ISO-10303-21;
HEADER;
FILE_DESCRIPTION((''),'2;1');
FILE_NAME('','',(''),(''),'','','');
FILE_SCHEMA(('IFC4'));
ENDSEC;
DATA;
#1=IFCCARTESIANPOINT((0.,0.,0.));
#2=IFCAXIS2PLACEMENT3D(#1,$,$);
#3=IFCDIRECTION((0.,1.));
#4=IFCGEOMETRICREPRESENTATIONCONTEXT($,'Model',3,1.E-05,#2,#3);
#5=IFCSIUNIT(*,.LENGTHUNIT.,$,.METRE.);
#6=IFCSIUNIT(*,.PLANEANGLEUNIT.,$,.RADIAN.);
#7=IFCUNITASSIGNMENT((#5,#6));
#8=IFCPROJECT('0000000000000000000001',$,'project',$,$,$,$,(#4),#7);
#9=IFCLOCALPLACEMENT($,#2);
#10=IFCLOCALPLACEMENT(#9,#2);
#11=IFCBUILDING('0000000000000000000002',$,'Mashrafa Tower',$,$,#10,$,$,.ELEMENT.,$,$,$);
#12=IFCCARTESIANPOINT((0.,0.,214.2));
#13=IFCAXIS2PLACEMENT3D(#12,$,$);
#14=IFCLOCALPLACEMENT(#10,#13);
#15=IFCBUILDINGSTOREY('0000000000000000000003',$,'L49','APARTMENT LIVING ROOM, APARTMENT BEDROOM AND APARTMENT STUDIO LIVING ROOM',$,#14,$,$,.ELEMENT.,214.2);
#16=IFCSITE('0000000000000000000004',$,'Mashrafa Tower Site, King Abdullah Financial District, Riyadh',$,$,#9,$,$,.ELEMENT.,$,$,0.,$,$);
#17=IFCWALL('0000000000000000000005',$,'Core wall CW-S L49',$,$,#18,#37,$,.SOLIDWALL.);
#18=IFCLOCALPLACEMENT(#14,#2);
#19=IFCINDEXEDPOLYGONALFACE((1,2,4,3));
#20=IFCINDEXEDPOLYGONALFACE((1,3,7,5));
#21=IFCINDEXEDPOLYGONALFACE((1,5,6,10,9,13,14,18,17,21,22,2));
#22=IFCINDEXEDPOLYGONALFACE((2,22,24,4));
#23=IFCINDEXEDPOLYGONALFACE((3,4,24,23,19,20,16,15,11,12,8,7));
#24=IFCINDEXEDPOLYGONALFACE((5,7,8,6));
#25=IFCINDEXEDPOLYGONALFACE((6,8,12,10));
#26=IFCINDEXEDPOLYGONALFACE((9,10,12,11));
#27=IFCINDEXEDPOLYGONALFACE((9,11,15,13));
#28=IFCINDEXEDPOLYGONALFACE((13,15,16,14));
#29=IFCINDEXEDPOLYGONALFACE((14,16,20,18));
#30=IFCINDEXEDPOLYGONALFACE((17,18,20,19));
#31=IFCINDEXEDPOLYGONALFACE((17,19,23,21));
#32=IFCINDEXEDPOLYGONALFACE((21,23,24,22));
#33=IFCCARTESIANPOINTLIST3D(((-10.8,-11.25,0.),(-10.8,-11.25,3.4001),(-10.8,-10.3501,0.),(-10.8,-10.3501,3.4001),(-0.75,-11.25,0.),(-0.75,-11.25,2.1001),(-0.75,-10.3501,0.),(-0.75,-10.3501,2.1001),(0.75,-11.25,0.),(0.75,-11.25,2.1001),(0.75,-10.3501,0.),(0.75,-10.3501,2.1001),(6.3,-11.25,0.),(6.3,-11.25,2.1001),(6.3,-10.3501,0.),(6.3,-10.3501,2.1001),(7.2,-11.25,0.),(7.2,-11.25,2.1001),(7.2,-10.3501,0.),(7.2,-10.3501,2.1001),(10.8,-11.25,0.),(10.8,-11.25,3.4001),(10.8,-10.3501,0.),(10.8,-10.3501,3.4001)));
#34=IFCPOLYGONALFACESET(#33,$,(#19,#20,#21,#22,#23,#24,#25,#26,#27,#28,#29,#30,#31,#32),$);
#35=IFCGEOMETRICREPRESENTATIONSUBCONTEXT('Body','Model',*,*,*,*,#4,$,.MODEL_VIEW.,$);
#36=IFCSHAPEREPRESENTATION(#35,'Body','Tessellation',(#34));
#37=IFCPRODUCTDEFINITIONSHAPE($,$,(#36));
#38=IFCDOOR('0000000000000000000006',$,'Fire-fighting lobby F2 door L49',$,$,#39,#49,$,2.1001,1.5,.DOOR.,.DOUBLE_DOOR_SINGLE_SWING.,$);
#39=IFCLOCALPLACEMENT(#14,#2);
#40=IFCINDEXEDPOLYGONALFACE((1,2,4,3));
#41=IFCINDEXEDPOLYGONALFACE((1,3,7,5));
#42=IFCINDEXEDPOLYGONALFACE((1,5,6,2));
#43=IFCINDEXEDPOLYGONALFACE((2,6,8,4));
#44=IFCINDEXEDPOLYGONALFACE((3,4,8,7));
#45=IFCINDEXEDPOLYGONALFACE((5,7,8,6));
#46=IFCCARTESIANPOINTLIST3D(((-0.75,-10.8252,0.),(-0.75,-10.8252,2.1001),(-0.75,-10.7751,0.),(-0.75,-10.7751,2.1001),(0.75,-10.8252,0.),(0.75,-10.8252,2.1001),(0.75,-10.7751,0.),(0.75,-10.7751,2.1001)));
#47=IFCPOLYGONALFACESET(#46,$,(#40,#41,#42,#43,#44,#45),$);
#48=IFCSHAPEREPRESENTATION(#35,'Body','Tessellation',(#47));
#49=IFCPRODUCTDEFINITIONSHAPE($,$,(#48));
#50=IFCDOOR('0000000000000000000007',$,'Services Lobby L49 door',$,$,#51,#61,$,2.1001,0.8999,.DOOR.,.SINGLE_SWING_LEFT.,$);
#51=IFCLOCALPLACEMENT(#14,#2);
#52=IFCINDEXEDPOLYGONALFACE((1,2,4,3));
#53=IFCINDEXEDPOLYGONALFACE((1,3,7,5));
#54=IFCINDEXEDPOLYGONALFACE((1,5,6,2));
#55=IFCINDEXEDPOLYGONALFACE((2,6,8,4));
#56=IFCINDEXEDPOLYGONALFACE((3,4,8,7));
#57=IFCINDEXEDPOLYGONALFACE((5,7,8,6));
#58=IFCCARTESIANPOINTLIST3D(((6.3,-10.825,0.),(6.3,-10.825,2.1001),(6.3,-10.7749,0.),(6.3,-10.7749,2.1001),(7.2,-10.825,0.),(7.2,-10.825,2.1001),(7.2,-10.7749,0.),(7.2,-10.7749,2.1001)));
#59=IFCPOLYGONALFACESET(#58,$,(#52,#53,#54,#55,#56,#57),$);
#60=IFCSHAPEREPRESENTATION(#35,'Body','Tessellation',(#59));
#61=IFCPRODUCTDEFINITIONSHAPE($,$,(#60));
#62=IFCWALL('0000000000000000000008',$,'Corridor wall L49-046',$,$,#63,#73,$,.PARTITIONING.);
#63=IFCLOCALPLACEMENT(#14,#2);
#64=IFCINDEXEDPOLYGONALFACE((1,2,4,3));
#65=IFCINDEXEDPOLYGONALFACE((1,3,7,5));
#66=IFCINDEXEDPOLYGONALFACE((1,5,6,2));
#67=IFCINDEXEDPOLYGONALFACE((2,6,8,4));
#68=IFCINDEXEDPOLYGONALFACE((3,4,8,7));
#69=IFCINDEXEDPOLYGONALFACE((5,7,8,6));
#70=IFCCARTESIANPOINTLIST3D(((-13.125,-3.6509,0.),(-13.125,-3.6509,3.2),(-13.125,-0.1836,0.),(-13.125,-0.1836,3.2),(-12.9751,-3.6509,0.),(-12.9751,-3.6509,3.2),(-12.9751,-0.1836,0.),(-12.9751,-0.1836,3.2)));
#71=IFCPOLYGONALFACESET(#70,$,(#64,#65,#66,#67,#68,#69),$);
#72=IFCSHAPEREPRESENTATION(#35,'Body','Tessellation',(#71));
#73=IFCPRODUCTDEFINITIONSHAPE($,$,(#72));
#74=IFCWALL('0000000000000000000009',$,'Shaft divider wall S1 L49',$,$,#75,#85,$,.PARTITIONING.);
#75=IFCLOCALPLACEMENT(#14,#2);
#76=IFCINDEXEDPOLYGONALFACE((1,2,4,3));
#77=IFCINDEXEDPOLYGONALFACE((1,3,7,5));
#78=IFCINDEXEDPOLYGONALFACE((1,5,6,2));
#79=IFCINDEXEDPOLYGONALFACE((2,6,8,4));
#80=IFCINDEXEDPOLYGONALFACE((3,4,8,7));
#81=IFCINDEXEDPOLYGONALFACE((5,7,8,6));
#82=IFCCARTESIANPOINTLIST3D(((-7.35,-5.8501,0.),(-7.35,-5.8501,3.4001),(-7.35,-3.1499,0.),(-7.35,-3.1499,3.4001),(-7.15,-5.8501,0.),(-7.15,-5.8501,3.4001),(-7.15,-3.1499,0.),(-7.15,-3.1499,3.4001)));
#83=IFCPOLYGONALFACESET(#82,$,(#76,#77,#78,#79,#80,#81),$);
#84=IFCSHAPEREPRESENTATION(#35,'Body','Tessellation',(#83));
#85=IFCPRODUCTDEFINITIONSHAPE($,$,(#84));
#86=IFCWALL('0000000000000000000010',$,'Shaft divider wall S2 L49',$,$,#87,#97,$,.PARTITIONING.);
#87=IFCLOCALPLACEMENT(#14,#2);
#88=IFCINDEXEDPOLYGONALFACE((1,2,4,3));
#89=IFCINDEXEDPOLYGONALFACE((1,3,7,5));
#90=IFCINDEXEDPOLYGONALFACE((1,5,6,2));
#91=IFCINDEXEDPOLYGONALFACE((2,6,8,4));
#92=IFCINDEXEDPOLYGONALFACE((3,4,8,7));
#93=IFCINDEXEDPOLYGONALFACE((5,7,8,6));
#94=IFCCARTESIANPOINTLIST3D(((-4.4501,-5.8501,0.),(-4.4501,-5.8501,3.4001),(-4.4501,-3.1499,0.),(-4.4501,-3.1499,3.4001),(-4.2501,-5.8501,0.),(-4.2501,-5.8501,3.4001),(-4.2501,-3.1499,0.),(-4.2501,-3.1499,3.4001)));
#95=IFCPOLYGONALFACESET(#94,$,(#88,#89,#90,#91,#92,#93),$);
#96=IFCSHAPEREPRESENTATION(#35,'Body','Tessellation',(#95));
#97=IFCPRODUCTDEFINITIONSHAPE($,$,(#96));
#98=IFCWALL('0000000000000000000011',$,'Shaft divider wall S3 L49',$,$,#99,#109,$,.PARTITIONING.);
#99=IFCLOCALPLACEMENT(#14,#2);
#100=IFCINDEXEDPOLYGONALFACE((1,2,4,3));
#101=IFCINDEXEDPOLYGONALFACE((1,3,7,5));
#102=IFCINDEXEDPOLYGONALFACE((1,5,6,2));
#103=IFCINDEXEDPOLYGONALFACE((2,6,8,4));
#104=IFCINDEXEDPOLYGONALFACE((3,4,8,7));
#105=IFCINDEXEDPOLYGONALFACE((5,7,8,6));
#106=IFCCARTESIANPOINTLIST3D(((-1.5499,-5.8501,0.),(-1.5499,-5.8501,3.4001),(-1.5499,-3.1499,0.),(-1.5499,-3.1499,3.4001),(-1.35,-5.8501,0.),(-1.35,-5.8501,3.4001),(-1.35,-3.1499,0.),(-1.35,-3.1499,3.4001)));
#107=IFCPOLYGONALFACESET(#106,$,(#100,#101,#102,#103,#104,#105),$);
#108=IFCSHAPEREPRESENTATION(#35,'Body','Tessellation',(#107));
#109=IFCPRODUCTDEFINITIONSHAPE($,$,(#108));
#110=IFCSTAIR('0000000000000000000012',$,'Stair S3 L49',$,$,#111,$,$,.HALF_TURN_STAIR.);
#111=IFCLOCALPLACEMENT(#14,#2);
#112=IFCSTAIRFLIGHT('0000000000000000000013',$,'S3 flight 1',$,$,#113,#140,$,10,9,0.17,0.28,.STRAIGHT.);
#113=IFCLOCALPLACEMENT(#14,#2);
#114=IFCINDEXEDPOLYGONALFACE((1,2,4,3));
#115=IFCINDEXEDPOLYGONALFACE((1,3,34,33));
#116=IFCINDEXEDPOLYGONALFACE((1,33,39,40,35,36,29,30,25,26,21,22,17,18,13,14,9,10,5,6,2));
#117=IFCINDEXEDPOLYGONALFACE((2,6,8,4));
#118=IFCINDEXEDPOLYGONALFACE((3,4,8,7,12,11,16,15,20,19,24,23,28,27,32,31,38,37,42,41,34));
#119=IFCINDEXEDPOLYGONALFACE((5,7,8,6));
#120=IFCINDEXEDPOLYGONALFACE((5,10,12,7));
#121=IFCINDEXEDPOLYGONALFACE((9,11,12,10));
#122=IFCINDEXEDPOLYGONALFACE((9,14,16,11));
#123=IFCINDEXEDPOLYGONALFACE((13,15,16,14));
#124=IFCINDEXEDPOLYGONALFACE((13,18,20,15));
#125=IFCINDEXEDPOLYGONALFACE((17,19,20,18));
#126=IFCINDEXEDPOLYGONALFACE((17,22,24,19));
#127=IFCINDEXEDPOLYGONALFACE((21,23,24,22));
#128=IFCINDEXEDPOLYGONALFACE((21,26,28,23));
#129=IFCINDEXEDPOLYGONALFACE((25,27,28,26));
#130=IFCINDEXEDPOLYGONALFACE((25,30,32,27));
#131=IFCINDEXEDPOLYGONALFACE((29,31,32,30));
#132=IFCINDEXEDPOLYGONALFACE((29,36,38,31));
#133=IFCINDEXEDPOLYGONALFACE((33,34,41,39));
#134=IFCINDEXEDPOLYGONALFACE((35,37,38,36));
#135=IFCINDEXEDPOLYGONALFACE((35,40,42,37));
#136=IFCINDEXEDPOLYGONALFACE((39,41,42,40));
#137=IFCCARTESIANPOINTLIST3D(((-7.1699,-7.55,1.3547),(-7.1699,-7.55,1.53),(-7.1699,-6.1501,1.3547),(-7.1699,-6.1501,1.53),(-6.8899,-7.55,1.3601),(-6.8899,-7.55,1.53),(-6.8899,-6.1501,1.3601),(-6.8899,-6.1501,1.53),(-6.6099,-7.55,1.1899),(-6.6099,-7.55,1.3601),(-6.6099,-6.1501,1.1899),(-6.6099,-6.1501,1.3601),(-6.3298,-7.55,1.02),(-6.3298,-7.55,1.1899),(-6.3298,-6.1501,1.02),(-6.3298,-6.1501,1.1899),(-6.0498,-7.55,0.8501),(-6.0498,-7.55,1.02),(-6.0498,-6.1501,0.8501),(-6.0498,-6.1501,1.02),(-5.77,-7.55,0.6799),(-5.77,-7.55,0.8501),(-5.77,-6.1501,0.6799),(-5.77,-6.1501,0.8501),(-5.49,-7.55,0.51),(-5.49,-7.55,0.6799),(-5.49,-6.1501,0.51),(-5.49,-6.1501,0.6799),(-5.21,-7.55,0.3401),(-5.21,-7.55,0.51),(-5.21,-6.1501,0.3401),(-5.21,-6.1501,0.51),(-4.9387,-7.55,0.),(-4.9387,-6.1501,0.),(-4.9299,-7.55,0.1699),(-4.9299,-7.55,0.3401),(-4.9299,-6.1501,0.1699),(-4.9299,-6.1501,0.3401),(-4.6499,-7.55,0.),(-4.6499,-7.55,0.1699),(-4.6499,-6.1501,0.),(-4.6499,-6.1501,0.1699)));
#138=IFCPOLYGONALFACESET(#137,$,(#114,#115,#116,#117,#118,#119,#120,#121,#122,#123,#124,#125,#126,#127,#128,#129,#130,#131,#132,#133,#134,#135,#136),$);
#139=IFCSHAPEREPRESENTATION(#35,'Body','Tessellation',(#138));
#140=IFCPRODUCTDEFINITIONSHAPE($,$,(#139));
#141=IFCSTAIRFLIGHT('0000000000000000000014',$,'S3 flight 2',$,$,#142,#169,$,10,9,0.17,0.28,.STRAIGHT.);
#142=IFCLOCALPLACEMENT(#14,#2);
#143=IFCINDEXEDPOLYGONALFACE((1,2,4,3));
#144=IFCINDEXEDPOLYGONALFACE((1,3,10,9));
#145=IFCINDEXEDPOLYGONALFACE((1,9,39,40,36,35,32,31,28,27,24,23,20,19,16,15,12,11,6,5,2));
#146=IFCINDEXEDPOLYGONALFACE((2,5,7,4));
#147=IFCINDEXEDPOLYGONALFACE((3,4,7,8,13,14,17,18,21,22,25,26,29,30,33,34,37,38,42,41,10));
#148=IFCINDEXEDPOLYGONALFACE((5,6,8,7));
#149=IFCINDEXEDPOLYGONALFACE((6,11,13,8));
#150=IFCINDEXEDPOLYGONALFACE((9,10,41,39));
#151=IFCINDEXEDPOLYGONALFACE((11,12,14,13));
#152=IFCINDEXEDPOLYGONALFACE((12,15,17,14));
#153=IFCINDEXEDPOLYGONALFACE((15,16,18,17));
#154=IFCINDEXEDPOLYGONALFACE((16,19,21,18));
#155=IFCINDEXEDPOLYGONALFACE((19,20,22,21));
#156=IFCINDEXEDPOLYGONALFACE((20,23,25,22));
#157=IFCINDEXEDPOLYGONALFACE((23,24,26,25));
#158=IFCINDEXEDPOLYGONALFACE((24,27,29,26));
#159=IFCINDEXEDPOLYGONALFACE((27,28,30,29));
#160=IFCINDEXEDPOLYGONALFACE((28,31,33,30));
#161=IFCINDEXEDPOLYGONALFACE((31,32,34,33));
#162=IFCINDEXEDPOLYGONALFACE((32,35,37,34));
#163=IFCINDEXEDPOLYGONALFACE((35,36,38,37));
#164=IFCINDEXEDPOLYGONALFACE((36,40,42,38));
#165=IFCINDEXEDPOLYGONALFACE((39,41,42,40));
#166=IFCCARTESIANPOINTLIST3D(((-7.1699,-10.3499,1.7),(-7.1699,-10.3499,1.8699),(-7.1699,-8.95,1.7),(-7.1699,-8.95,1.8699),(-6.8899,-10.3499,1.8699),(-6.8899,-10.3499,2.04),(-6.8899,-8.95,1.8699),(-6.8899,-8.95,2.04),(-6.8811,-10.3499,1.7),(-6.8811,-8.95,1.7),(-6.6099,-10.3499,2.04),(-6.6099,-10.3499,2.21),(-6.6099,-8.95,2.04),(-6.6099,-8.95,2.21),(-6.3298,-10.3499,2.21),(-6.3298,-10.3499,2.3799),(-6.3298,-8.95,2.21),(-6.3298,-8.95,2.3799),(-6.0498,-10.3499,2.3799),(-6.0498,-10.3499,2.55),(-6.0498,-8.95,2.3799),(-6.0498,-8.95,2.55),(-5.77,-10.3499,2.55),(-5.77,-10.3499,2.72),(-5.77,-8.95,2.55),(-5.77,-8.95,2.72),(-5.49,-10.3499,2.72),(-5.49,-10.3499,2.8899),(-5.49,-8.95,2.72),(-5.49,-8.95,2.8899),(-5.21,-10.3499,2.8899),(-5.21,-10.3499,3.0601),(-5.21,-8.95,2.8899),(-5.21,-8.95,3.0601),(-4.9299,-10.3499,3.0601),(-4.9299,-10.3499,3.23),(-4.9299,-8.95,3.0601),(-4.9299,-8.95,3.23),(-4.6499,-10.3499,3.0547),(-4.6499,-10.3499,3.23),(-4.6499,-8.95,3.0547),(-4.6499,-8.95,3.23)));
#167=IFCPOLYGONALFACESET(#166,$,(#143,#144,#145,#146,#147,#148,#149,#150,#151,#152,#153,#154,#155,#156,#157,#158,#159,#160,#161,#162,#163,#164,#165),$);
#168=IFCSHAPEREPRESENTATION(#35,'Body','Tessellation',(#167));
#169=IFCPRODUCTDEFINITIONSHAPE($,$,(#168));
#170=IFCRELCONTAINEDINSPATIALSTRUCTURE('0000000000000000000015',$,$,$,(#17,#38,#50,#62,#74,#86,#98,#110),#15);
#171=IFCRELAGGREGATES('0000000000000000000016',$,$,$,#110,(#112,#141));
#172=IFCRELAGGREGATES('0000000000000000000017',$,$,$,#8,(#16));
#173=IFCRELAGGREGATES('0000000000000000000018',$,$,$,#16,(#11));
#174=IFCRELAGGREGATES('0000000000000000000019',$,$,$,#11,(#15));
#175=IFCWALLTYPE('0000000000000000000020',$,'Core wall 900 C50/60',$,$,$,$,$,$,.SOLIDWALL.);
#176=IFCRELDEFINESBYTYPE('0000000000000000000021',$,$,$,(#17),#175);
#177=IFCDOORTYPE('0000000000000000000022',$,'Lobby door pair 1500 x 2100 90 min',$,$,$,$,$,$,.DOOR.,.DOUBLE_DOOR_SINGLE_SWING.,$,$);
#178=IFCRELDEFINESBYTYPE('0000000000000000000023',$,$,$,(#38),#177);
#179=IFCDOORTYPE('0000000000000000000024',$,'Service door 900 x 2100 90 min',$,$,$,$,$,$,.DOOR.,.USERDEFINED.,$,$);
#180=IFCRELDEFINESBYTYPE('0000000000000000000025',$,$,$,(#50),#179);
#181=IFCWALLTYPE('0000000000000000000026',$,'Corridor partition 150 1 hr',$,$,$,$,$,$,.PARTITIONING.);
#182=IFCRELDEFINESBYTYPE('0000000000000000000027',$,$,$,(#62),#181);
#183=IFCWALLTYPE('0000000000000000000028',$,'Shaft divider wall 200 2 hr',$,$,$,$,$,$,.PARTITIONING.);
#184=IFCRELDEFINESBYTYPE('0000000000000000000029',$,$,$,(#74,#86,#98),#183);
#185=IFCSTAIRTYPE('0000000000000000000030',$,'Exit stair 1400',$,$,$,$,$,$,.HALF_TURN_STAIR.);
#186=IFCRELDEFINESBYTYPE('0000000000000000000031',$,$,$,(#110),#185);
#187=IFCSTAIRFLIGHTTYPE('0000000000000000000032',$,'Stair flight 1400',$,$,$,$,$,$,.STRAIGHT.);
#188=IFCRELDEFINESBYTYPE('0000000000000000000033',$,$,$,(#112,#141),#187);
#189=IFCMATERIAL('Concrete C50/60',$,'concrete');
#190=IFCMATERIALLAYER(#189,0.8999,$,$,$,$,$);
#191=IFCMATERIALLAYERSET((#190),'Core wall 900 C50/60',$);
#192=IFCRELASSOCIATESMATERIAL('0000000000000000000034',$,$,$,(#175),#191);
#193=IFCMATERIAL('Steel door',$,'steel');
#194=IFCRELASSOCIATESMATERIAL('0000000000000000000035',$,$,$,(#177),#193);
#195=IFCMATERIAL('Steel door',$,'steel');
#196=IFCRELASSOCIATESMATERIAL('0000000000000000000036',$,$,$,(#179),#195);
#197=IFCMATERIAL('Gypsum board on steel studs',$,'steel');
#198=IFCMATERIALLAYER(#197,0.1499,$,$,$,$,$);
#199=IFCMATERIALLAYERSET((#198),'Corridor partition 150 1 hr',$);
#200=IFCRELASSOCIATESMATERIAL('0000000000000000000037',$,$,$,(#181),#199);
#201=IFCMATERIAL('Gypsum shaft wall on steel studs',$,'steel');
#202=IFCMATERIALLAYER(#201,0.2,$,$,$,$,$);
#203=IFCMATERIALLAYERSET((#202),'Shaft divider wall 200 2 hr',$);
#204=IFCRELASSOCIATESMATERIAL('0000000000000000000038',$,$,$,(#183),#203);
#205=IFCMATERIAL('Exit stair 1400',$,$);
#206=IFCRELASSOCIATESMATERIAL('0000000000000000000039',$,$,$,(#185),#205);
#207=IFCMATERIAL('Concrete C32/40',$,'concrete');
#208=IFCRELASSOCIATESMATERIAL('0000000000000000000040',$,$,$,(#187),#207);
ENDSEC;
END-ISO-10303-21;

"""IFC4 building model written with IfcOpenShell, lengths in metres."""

from ifc_helpers import new_model, si_unit, direction, frame, frame_2d, origin, place, context, subcontext, project, spatial, polyline, rectangle, outline, extrude, material, layer, layer_set, type_object, element, fill, aggregate, save


model = new_model("IFC4")

# Units and contexts
model_context = context("Model", 3, precision=1e-05, world=origin(), true_north=direction((0.0, 1.0)))
body_context = subcontext(model_context, "Body", "Model", "MODEL_VIEW")
ifc_project = project(units=[si_unit("LENGTHUNIT", "METRE"), si_unit("PLANEANGLEUNIT", "RADIAN")], contexts=[model_context])

# Site, building, storey
site_placement = place(None, origin())
site = spatial("IfcSite", under=ifc_project, at=site_placement, Name="Mashrafa Tower Site, King Abdullah Financial District, Riyadh", CompositionType="ELEMENT", RefElevation=0.0)
building_placement = place(site_placement, origin())
building = spatial("IfcBuilding", under=site, at=building_placement, Name="Mashrafa Tower", CompositionType="ELEMENT")
storey_placement = place(building_placement, frame((0.0, 0.0, 214.2)))
storey = spatial("IfcBuildingStorey", under=building, at=storey_placement, Name="L49", Description="APARTMENT LIVING ROOM, APARTMENT BEDROOM AND APARTMENT STUDIO LIVING ROOM", CompositionType="ELEMENT", Elevation=214.2)

# Wall, openings, doors
ifc_material_1 = material(Name="Concrete C50/60", Category="concrete")
ifc_layer_1 = layer(ifc_material_1, 0.8999)
ifc_layer_set_1 = layer_set([ifc_layer_1], Name="Core wall 900 C50/60")
wall_type_1 = type_object("IfcWallType", Name="Core wall 900 C50/60", PredefinedType="SOLIDWALL", material=ifc_layer_set_1)
wall_1_placement = place(storey_placement, frame((-10.8, -10.8, 0.0), z_axis=(0.0, 0.0, 1.0), x_axis=(1.0, 0.0, 0.0)))
wall_1 = element("IfcWall", 1, at=wall_1_placement, inside=storey, type_object=wall_type_1, Name="Core wall CW-S L49", PredefinedType="SOLIDWALL", context=body_context, shape_type="SweptSolid", body=[
    extrude(rectangle(XDim=21.6001, YDim=0.8999, at=frame_2d((10.8, 0.0))), origin(), (0.0, 0.0, 1.0), 3.4001),
])
opening_1_placement = place(wall_1_placement, frame((10.05, 0.0, 0.0)))
opening_1 = element("IfcOpeningElement", 2, at=opening_1_placement, cuts=wall_1, PredefinedType="OPENING", context=body_context, shape_type="SweptSolid", body=[
    extrude(rectangle(XDim=1.5, YDim=2.1001, at=frame_2d((0.75, 1.05))), frame((0.0, 0.46, 0.0), z_axis=(0.0, -1.0, 0.0), x_axis=(1.0, 0.0, 0.0)), (0.0, 0.0, 1.0), 0.9199),
])
opening_2_placement = place(wall_1_placement, frame((17.1001, 0.0, 0.0)))
opening_2 = element("IfcOpeningElement", 3, at=opening_2_placement, cuts=wall_1, PredefinedType="OPENING", context=body_context, shape_type="SweptSolid", body=[
    extrude(rectangle(XDim=0.8999, YDim=2.1001, at=frame_2d((0.45, 1.05))), frame((0.0, 0.46, 0.0), z_axis=(0.0, -1.0, 0.0), x_axis=(1.0, 0.0, 0.0)), (0.0, 0.0, 1.0), 0.9199),
])
ifc_material_2 = material(Name="Steel door", Category="steel")
door_type_1 = type_object("IfcDoorType", Name="Lobby door pair 1500 x 2100 90 min", OperationType="DOUBLE_DOOR_SINGLE_SWING", PredefinedType="DOOR", material=ifc_material_2)
door_1_placement = place(opening_1_placement, origin())
door_1 = element("IfcDoor", 4, at=door_1_placement, inside=storey, type_object=door_type_1, Name="Fire-fighting lobby F2 door L49", OperationType="DOUBLE_DOOR_SINGLE_SWING", OverallHeight=2.1001, OverallWidth=1.5, PredefinedType="DOOR", context=body_context, shape_type="SweptSolid", body=[
    extrude(rectangle(XDim=1.5, YDim=2.1001, at=frame_2d((0.75, 1.05))), frame((0.0, 0.0249, 0.0), z_axis=(0.0, -1.0, 0.0), x_axis=(1.0, 0.0, 0.0)), (0.0, 0.0, 1.0), 0.05),
])
fill(opening_1, door_1)
ifc_material_3 = material(Name="Steel door", Category="steel")
door_type_2 = type_object("IfcDoorType", Name="Service door 900 x 2100 90 min", OperationType="USERDEFINED", PredefinedType="DOOR", material=ifc_material_3)
door_2_placement = place(opening_2_placement, frame((0.8999, 0.0, 0.0), z_axis=(0.0, 0.0, 1.0), x_axis=(-1.0, 0.0, 0.0)))
door_2 = element("IfcDoor", 5, at=door_2_placement, inside=storey, type_object=door_type_2, Name="Services Lobby L49 door", OperationType="SINGLE_SWING_LEFT", OverallHeight=2.1001, OverallWidth=0.8999, PredefinedType="DOOR", context=body_context, shape_type="SweptSolid", body=[
    extrude(rectangle(XDim=0.8999, YDim=2.1001, at=frame_2d((0.45, 1.05))), frame((0.0, 0.0249, 0.0), z_axis=(0.0, -1.0, 0.0), x_axis=(1.0, 0.0, 0.0)), (0.0, 0.0, 1.0), 0.05),
])
fill(opening_2, door_2)

# Walls
ifc_material_4 = material(Name="Gypsum board on steel studs", Category="steel")
ifc_layer_2 = layer(ifc_material_4, 0.1499)
ifc_layer_set_2 = layer_set([ifc_layer_2], Name="Corridor partition 150 1 hr")
wall_type_2 = type_object("IfcWallType", Name="Corridor partition 150 1 hr", PredefinedType="PARTITIONING", material=ifc_layer_set_2)
wall_2_placement = place(storey_placement, frame((-13.05, -0.1836, 0.0), z_axis=(0.0, 0.0, 1.0), x_axis=(0.0, -1.0, 0.0)))
element("IfcWall", 6, at=wall_2_placement, inside=storey, type_object=wall_type_2, Name="Corridor wall L49-046", PredefinedType="PARTITIONING", context=body_context, shape_type="SweptSolid", body=[
    extrude(rectangle(XDim=3.4673, YDim=0.1499, at=frame_2d((1.7336, 0.0))), origin(), (0.0, 0.0, 1.0), 3.2),
])
ifc_material_5 = material(Name="Gypsum shaft wall on steel studs", Category="steel")
ifc_layer_3 = layer(ifc_material_5, 0.2)
ifc_layer_set_3 = layer_set([ifc_layer_3], Name="Shaft divider wall 200 2 hr")
wall_type_3 = type_object("IfcWallType", Name="Shaft divider wall 200 2 hr", PredefinedType="PARTITIONING", material=ifc_layer_set_3)
for number, where, z_axis, x_axis, name in (
    (7, (-7.25, -5.8501, 0.0), (0.0, 0.0, 1.0), (0.0, 1.0, 0.0), "Shaft divider wall S1 L49"),
    (8, (-4.3501, -5.8501, 0.0), (0.0, 0.0, 1.0), (0.0, 1.0, 0.0), "Shaft divider wall S2 L49"),
    (9, (-1.45, -5.8501, 0.0), (0.0, 0.0, 1.0), (0.0, 1.0, 0.0), "Shaft divider wall S3 L49"),
):
    element("IfcWall", number, at=place(storey_placement, frame(where, z_axis=z_axis, x_axis=x_axis)), inside=storey, type_object=wall_type_3, Name=name, PredefinedType="PARTITIONING", context=body_context, shape_type="SweptSolid", body=[
        extrude(rectangle(XDim=2.7002, YDim=0.2, at=frame_2d((1.3501, 0.0))), origin(), (0.0, 0.0, 1.0), 3.4001),
    ])

# Stair, stair flights
ifc_material_6 = material(Name="Exit stair 1400")
stair_type = type_object("IfcStairType", Name="Exit stair 1400", PredefinedType="HALF_TURN_STAIR", material=ifc_material_6)
stair_placement = place(storey_placement, origin())
stair = element("IfcStair", 10, at=stair_placement, inside=storey, type_object=stair_type, Name="Stair S3 L49", PredefinedType="HALF_TURN_STAIR")
ifc_material_7 = material(Name="Concrete C32/40", Category="concrete")
stair_flight_type = type_object("IfcStairFlightType", Name="Stair flight 1400", PredefinedType="STRAIGHT", material=ifc_material_7)
stair_flight_1_placement = place(storey_placement, frame((-4.6499, -6.8501, 0.0), z_axis=(0.0, 0.0, 1.0), x_axis=(-1.0, 0.0, 0.0)))
stair_flight_1 = element("IfcStairFlight", 11, at=stair_flight_1_placement, type_object=stair_flight_type, Name="S3 flight 1", NumberOfRisers=10, NumberOfTreads=9, PredefinedType="STRAIGHT", RiserHeight=0.17, TreadLength=0.28, context=body_context, shape_type="SweptSolid", body=[
    extrude(outline(polyline([(0.0, 0.0), (0.0, 0.1699), (0.28, 0.1699), (0.28, 0.3401), (0.5601, 0.3401), (0.5601, 0.51), (0.8401, 0.51), (0.8401, 0.6799), (1.1201, 0.6799), (1.1201, 0.8501), (1.3999, 0.8501), (1.3999, 1.02), (1.6799, 1.02), (1.6799, 1.1899), (1.96, 1.1899), (1.96, 1.3601), (2.24, 1.3601), (2.24, 1.53), (2.52, 1.53), (2.52, 1.7), (2.52, 1.3547), (0.2888, 0.0), (0.0, 0.0)])), frame((0.0, 0.7, 0.0), z_axis=(0.0, -1.0, 0.0), x_axis=(1.0, 0.0, 0.0)), (0.0, 0.0, 1.0), 1.3999),
])
stair_flight_2_placement = place(storey_placement, frame((-7.1699, -9.6499, 1.7), z_axis=(0.0, 0.0, 1.0), x_axis=(1.0, 0.0, 0.0)))
stair_flight_2 = element("IfcStairFlight", 12, at=stair_flight_2_placement, type_object=stair_flight_type, Name="S3 flight 2", NumberOfRisers=10, NumberOfTreads=9, PredefinedType="STRAIGHT", RiserHeight=0.17, TreadLength=0.28, context=body_context, shape_type="SweptSolid", body=[
    extrude(outline(polyline([(0.0, 0.0), (0.0, 0.1699), (0.28, 0.1699), (0.28, 0.3401), (0.5601, 0.3401), (0.5601, 0.51), (0.8401, 0.51), (0.8401, 0.6799), (1.1201, 0.6799), (1.1201, 0.8501), (1.3999, 0.8501), (1.3999, 1.02), (1.6799, 1.02), (1.6799, 1.1899), (1.96, 1.1899), (1.96, 1.3601), (2.24, 1.3601), (2.24, 1.53), (2.52, 1.53), (2.52, 1.7), (2.52, 1.3547), (0.2888, 0.0), (0.0, 0.0)])), frame((0.0, 0.7, 0.0), z_axis=(0.0, -1.0, 0.0), x_axis=(1.0, 0.0, 0.0)), (0.0, 0.0, 1.0), 1.3999),
])
aggregate(stair, [stair_flight_1, stair_flight_2])

save(model, "model.ifc")
